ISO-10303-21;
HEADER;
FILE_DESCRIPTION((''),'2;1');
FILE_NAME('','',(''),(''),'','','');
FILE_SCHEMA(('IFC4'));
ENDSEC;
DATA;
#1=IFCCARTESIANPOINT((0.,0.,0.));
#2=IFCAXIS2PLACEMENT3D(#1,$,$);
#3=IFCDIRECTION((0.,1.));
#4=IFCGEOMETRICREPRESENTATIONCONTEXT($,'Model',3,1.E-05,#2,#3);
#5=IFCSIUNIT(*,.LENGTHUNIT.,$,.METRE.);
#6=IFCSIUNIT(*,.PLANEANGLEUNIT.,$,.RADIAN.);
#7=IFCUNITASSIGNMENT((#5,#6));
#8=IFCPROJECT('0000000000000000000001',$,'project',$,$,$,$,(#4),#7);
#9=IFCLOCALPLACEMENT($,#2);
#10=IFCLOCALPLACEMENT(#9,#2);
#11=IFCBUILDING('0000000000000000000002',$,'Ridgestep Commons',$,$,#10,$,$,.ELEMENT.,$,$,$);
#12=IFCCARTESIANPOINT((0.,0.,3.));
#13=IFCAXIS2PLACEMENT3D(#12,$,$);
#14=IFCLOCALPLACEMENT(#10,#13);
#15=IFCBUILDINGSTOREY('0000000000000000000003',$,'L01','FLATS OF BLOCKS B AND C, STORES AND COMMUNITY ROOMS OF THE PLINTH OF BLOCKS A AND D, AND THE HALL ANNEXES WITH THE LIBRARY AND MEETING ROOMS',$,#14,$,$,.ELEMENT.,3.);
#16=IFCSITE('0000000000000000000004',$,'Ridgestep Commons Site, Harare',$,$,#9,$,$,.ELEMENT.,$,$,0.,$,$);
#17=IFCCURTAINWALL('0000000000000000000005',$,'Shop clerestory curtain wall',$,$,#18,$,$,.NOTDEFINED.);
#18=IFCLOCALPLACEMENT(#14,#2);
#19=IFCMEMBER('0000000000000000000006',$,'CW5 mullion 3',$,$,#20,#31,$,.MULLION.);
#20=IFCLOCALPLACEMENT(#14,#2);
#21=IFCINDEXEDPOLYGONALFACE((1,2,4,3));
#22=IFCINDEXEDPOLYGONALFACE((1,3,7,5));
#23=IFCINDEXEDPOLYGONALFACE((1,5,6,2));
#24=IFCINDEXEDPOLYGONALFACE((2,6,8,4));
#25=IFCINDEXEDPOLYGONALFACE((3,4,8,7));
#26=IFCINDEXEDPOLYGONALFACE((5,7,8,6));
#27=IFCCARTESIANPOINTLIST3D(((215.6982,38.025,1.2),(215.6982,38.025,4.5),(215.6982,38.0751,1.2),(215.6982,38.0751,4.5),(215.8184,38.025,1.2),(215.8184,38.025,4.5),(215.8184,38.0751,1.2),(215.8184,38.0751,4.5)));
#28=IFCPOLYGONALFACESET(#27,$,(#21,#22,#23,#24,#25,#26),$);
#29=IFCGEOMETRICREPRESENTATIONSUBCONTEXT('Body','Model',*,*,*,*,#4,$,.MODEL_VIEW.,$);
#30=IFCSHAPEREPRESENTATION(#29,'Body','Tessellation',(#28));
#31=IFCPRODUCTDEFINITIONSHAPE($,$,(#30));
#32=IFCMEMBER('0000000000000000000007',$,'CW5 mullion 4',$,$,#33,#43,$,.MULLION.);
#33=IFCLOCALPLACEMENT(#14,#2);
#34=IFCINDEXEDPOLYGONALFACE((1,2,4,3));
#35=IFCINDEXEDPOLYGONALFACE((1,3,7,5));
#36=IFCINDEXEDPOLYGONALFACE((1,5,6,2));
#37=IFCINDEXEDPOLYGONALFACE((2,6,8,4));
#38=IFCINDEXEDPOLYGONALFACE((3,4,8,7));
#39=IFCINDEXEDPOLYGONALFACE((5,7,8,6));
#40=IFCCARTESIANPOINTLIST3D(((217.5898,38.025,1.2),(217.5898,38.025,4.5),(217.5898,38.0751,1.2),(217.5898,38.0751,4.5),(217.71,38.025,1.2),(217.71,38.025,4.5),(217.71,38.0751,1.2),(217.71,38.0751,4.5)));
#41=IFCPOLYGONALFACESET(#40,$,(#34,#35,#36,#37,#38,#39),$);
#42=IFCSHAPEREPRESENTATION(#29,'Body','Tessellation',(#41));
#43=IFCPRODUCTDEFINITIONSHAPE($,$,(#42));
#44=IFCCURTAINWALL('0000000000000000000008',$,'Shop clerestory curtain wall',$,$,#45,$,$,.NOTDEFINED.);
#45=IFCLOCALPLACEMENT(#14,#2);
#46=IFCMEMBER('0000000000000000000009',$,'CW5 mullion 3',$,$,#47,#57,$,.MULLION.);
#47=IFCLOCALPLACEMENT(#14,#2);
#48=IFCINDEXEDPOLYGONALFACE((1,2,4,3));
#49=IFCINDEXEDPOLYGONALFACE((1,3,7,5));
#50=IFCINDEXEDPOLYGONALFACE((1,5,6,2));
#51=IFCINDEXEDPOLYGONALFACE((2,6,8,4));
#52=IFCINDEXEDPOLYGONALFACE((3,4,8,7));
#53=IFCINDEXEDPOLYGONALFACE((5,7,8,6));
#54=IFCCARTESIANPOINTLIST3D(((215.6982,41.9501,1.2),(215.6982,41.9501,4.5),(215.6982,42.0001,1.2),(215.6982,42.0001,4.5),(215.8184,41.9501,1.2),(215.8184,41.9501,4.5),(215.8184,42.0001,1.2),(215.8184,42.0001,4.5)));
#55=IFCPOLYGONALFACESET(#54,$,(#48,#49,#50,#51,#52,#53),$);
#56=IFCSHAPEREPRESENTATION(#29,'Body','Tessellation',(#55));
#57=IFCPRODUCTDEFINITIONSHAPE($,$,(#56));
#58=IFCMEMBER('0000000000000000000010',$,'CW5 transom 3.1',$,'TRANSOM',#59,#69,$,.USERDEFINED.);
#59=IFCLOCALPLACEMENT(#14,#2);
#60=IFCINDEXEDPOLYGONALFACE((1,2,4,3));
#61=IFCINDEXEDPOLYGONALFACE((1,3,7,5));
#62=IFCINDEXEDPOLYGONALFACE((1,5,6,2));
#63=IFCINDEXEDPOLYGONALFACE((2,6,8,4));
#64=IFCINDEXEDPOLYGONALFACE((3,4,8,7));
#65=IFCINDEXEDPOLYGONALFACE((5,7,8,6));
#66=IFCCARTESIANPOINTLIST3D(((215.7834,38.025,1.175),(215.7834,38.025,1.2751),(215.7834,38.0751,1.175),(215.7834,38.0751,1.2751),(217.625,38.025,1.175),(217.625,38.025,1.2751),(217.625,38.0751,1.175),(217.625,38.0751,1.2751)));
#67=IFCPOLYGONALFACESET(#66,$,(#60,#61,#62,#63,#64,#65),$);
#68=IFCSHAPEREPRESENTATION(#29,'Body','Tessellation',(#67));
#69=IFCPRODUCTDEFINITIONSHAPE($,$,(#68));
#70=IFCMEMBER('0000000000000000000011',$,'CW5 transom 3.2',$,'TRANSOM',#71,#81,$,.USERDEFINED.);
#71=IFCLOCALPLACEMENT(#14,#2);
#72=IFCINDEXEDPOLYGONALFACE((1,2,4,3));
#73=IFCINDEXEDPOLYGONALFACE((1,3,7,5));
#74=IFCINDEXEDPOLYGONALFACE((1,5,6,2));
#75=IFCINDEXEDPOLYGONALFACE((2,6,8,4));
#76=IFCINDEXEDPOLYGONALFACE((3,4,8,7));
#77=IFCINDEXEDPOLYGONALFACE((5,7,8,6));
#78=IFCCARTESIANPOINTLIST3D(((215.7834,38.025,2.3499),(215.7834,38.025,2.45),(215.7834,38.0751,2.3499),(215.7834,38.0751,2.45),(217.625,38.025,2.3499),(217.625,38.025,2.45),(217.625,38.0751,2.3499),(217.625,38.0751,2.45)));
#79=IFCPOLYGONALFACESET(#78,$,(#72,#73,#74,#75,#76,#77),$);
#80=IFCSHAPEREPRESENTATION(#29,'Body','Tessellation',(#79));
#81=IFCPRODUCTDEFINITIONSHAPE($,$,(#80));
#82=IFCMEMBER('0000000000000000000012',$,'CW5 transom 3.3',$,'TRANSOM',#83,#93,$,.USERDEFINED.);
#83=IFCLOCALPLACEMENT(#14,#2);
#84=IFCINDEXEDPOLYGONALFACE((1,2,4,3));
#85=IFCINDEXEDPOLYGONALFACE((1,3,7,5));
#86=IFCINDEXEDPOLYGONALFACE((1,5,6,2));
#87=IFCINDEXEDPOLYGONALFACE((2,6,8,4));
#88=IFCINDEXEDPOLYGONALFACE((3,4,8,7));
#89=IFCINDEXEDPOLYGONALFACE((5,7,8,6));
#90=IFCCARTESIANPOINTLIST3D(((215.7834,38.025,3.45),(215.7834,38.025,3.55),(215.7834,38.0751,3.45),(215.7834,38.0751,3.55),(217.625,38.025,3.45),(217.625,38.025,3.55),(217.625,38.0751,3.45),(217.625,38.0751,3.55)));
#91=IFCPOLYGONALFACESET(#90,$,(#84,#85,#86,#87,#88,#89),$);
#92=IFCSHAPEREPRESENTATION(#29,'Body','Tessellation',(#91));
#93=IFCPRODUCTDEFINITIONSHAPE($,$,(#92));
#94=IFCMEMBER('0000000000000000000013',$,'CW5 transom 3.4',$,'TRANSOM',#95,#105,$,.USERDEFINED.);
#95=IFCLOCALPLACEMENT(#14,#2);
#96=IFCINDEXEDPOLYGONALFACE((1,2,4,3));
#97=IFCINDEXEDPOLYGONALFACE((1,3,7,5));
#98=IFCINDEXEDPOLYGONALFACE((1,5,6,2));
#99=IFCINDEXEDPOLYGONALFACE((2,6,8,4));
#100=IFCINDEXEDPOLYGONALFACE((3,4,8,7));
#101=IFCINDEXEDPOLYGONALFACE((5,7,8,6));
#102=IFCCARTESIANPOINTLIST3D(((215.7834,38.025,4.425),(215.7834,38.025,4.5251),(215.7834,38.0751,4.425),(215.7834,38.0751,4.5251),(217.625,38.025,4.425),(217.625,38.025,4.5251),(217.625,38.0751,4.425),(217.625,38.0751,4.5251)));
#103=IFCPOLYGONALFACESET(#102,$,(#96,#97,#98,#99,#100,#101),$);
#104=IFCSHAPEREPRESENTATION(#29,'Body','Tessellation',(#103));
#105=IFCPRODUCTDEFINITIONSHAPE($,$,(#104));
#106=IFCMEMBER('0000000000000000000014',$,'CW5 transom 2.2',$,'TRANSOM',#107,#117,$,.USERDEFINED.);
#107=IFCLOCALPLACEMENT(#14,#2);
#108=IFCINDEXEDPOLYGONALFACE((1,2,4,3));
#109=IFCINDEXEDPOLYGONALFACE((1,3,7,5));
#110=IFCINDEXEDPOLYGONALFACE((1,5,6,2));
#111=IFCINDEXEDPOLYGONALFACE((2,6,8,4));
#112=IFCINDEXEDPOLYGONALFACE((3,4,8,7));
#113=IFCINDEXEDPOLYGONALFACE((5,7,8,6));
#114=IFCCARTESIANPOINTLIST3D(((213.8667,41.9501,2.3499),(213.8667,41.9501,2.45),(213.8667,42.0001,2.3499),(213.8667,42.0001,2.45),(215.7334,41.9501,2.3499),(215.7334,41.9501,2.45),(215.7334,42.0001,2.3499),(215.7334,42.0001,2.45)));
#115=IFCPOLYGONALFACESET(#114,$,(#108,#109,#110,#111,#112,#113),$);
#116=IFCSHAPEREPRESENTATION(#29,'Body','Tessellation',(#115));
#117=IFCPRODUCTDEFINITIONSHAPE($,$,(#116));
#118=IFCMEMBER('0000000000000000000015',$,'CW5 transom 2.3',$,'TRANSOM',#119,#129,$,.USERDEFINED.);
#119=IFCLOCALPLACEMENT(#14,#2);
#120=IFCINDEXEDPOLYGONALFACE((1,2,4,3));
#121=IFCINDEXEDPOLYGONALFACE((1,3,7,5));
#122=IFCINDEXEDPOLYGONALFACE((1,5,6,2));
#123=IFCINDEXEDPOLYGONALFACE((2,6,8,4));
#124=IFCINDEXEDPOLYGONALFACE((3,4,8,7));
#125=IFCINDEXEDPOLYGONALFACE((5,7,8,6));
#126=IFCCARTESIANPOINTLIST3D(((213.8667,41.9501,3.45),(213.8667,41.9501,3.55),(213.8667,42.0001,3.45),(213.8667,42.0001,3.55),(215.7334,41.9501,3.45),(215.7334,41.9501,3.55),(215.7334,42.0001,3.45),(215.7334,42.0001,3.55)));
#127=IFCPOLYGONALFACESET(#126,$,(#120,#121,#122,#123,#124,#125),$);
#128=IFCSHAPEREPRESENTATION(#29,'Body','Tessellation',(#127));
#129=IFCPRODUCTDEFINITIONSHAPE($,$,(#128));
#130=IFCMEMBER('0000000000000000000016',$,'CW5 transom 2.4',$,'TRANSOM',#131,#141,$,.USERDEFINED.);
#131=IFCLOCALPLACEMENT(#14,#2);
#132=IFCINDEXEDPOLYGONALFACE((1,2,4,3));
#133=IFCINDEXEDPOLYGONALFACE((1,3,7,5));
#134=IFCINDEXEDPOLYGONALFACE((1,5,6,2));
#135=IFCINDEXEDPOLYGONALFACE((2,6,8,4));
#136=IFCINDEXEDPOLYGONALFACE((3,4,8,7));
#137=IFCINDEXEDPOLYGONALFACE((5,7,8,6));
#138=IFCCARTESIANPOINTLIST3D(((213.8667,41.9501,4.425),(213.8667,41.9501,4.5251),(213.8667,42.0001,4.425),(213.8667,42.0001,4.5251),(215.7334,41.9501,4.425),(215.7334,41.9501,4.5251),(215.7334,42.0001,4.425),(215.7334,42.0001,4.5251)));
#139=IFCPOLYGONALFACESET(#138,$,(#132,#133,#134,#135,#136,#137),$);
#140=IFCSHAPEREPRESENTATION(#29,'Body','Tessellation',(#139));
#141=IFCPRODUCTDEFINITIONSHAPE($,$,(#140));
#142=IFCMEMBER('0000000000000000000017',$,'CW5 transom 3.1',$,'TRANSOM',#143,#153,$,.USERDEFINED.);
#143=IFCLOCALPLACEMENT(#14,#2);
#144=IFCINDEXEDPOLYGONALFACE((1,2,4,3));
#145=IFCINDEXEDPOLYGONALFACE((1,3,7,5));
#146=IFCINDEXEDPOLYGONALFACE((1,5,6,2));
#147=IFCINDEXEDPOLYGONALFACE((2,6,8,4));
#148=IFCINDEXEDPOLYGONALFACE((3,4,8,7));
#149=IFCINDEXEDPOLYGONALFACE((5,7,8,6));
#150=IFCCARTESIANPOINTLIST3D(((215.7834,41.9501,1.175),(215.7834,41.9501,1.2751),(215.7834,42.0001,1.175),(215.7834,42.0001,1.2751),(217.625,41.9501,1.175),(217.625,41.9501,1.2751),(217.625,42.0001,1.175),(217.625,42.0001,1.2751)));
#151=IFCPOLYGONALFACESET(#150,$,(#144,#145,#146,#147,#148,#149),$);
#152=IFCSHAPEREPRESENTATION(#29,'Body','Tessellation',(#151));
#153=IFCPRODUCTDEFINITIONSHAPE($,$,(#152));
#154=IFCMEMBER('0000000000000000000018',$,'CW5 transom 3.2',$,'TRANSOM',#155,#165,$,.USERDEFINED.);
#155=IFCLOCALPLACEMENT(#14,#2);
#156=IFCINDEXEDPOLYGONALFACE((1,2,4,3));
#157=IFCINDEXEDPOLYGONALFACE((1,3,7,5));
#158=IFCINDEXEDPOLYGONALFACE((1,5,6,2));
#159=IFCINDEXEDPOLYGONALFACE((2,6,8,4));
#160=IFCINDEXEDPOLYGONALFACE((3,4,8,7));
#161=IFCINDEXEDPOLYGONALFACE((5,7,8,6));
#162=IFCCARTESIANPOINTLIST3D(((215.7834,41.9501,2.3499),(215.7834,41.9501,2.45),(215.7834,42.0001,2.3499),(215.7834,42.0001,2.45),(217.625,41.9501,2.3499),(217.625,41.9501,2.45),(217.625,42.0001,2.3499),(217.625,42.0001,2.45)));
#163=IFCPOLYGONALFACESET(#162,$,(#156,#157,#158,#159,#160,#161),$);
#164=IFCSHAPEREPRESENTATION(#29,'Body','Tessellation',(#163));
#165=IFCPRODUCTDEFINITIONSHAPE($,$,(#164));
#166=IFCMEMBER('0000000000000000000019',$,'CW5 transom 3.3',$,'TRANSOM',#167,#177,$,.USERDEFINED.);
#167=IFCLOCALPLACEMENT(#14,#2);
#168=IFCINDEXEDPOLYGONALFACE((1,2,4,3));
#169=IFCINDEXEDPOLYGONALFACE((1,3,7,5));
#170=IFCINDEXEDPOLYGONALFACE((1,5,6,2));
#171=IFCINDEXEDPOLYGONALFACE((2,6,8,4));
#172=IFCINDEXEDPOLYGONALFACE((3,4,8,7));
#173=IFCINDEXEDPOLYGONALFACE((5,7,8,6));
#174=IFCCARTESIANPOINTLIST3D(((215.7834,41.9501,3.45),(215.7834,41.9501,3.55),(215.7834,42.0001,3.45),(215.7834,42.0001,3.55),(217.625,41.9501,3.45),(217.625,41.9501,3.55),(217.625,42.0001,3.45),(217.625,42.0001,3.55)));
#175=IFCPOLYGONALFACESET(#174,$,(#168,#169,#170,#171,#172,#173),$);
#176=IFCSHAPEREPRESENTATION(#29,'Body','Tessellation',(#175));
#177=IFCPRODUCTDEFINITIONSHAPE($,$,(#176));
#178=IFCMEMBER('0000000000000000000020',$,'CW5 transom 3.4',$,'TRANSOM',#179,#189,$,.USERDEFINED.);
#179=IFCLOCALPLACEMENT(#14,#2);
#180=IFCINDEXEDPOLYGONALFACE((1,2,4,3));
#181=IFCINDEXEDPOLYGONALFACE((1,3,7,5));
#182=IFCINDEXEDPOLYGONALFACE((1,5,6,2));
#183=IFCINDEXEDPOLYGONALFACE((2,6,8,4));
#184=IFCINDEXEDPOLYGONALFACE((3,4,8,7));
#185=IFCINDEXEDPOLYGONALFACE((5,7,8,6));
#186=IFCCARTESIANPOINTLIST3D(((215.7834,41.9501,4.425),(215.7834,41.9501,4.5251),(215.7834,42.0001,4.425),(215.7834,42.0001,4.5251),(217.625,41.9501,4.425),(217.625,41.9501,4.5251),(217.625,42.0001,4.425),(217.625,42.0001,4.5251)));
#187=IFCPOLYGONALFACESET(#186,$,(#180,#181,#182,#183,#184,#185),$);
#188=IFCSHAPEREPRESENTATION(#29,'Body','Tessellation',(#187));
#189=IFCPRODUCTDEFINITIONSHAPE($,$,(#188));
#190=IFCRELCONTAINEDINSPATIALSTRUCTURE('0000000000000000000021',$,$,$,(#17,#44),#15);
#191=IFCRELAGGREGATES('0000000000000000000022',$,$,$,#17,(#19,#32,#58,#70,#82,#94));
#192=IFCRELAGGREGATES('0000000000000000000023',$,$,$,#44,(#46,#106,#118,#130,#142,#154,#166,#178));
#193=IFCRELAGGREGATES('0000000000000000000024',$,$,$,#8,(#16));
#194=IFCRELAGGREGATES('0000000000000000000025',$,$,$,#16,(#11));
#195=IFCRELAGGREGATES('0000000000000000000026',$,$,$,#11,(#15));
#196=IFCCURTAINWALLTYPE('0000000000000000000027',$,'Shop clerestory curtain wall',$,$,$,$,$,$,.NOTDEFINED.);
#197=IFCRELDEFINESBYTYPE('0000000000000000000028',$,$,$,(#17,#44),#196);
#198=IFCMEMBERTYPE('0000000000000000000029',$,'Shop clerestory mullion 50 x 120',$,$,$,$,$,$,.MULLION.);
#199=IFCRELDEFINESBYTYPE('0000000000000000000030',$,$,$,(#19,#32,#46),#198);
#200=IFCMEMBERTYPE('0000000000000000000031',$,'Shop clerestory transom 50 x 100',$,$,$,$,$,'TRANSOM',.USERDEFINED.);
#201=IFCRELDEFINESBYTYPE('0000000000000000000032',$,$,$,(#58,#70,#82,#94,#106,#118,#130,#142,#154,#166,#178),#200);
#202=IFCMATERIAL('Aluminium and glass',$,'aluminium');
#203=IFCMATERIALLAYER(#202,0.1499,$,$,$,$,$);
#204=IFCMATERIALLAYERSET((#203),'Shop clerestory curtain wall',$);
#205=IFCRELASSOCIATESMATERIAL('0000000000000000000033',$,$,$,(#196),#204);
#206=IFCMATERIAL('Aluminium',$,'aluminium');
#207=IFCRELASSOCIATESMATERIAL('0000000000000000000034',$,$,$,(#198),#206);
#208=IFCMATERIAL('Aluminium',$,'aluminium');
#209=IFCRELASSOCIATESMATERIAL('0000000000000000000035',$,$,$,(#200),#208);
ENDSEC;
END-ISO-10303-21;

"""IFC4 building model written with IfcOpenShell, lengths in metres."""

from ifc_helpers import new_model, si_unit, direction, frame, origin, origin_2d, place, context, subcontext, project, spatial, rectangle, extrude, material, layer, layer_set, material_profile, profile_set, type_object, element, aggregate, save


model = new_model("IFC4")

# Units and contexts
model_context = context("Model", 3, precision=1e-05, world=origin(), true_north=direction((0.0, 1.0)))
body_context = subcontext(model_context, "Body", "Model", "MODEL_VIEW")
ifc_project = project(units=[si_unit("LENGTHUNIT", "METRE"), si_unit("PLANEANGLEUNIT", "RADIAN")], contexts=[model_context])

# Site, building, storey
site_placement = place(None, origin())
site = spatial("IfcSite", under=ifc_project, at=site_placement, Name="Ridgestep Commons Site, Harare", CompositionType="ELEMENT", RefElevation=0.0)
building_placement = place(site_placement, origin())
building = spatial("IfcBuilding", under=site, at=building_placement, Name="Ridgestep Commons", CompositionType="ELEMENT")
storey_placement = place(building_placement, frame((0.0, 0.0, 3.0)))
storey = spatial("IfcBuildingStorey", under=building, at=storey_placement, Name="L01", Description="FLATS OF BLOCKS B AND C, STORES AND COMMUNITY ROOMS OF THE PLINTH OF BLOCKS A AND D, AND THE HALL ANNEXES WITH THE LIBRARY AND MEETING ROOMS", CompositionType="ELEMENT", Elevation=3.0)

# Curtain wall, members
ifc_material_1 = material(Name="Aluminium and glass", Category="aluminium")
ifc_layer_1 = layer(ifc_material_1, 0.1499)
ifc_layer_set_1 = layer_set([ifc_layer_1], Name="Shop clerestory curtain wall")
curtain_wall_type = type_object("IfcCurtainWallType", Name="Shop clerestory curtain wall", PredefinedType="NOTDEFINED", material=ifc_layer_set_1)
curtain_wall_1_placement = place(storey_placement, origin())
curtain_wall_1 = element("IfcCurtainWall", 1, at=curtain_wall_1_placement, inside=storey, type_object=curtain_wall_type, Name="Shop clerestory curtain wall", PredefinedType="NOTDEFINED")
ifc_material_2 = material(Name="Aluminium", Category="aluminium")
ifc_material_profile_1 = material_profile(ifc_material_2, rectangle(XDim=0.05, YDim=0.1201, at=origin_2d()), Name="Shop clerestory mullion 50 x 120")
ifc_profile_set_1 = profile_set([ifc_material_profile_1], Name="Aluminium")
member_type_1 = type_object("IfcMemberType", Name="Shop clerestory mullion 50 x 120", PredefinedType="MULLION", material=ifc_profile_set_1)
member_1_placement = place(storey_placement, frame((215.7583, 38.05, 1.2), z_axis=(0.0, 0.0, 1.0), x_axis=(0.0, 1.0, 0.0)))
member_1 = element("IfcMember", 2, at=member_1_placement, type_object=member_type_1, Name="CW5 mullion 3", PredefinedType="MULLION", context=body_context, shape_type="SweptSolid", body=[
    extrude(rectangle(XDim=0.05, YDim=0.1201, at=origin_2d()), origin(), (0.0, 0.0, 1.0), 3.3),
])
member_2_placement = place(storey_placement, frame((217.6499, 38.05, 1.2), z_axis=(0.0, 0.0, 1.0), x_axis=(0.0, 1.0, 0.0)))
member_2 = element("IfcMember", 3, at=member_2_placement, type_object=member_type_1, Name="CW5 mullion 4", PredefinedType="MULLION", context=body_context, shape_type="SweptSolid", body=[
    extrude(rectangle(XDim=0.05, YDim=0.1201, at=origin_2d()), origin(), (0.0, 0.0, 1.0), 3.3),
])

# Curtain wall, member
curtain_wall_2_placement = place(storey_placement, origin())
curtain_wall_2 = element("IfcCurtainWall", 4, at=curtain_wall_2_placement, inside=storey, type_object=curtain_wall_type, Name="Shop clerestory curtain wall", PredefinedType="NOTDEFINED")
member_3_placement = place(storey_placement, frame((215.7583, 41.9751, 1.2), z_axis=(0.0, 0.0, 1.0), x_axis=(0.0, 1.0, 0.0)))
member_3 = element("IfcMember", 5, at=member_3_placement, type_object=member_type_1, Name="CW5 mullion 3", PredefinedType="MULLION", context=body_context, shape_type="SweptSolid", body=[
    extrude(rectangle(XDim=0.05, YDim=0.1201, at=origin_2d()), origin(), (0.0, 0.0, 1.0), 3.3),
])

# Members
ifc_material_3 = material(Name="Aluminium", Category="aluminium")
ifc_material_profile_2 = material_profile(ifc_material_3, rectangle(XDim=0.05, YDim=0.1001, at=origin_2d()), Name="Shop clerestory transom 50 x 100")
ifc_profile_set_2 = profile_set([ifc_material_profile_2], Name="Aluminium")
member_type_2 = type_object("IfcMemberType", Name="Shop clerestory transom 50 x 100", ElementType="TRANSOM", PredefinedType="USERDEFINED", material=ifc_profile_set_2)
member_4_placement = place(storey_placement, frame((215.7834, 38.05, 1.2251), z_axis=(1.0, 0.0, 0.0), x_axis=(0.0, 1.0, 0.0)))
member_4 = element("IfcMember", 6, at=member_4_placement, type_object=member_type_2, Name="CW5 transom 3.1", ObjectType="TRANSOM", PredefinedType="USERDEFINED", context=body_context, shape_type="SweptSolid", body=[
    extrude(rectangle(XDim=0.05, YDim=0.1001, at=origin_2d()), origin(), (0.0, 0.0, 1.0), 1.8416),
])
member_5_placement = place(storey_placement, frame((215.7834, 38.05, 2.3999), z_axis=(1.0, 0.0, 0.0), x_axis=(0.0, 1.0, 0.0)))
member_5 = element("IfcMember", 7, at=member_5_placement, type_object=member_type_2, Name="CW5 transom 3.2", ObjectType="TRANSOM", PredefinedType="USERDEFINED", context=body_context, shape_type="SweptSolid", body=[
    extrude(rectangle(XDim=0.05, YDim=0.1001, at=origin_2d()), origin(), (0.0, 0.0, 1.0), 1.8416),
])
member_6_placement = place(storey_placement, frame((215.7834, 38.05, 3.5), z_axis=(1.0, 0.0, 0.0), x_axis=(0.0, 1.0, 0.0)))
member_6 = element("IfcMember", 8, at=member_6_placement, type_object=member_type_2, Name="CW5 transom 3.3", ObjectType="TRANSOM", PredefinedType="USERDEFINED", context=body_context, shape_type="SweptSolid", body=[
    extrude(rectangle(XDim=0.05, YDim=0.1001, at=origin_2d()), origin(), (0.0, 0.0, 1.0), 1.8416),
])
member_7_placement = place(storey_placement, frame((215.7834, 38.05, 4.4751), z_axis=(1.0, 0.0, 0.0), x_axis=(0.0, 1.0, 0.0)))
member_7 = element("IfcMember", 9, at=member_7_placement, type_object=member_type_2, Name="CW5 transom 3.4", ObjectType="TRANSOM", PredefinedType="USERDEFINED", context=body_context, shape_type="SweptSolid", body=[
    extrude(rectangle(XDim=0.05, YDim=0.1001, at=origin_2d()), origin(), (0.0, 0.0, 1.0), 1.8416),
])
member_8_placement = place(storey_placement, frame((213.8667, 41.9751, 2.3999), z_axis=(1.0, 0.0, 0.0), x_axis=(0.0, 1.0, 0.0)))
member_8 = element("IfcMember", 10, at=member_8_placement, type_object=member_type_2, Name="CW5 transom 2.2", ObjectType="TRANSOM", PredefinedType="USERDEFINED", context=body_context, shape_type="SweptSolid", body=[
    extrude(rectangle(XDim=0.05, YDim=0.1001, at=origin_2d()), origin(), (0.0, 0.0, 1.0), 1.8667),
])
member_9_placement = place(storey_placement, frame((213.8667, 41.9751, 3.5), z_axis=(1.0, 0.0, 0.0), x_axis=(0.0, 1.0, 0.0)))
member_9 = element("IfcMember", 11, at=member_9_placement, type_object=member_type_2, Name="CW5 transom 2.3", ObjectType="TRANSOM", PredefinedType="USERDEFINED", context=body_context, shape_type="SweptSolid", body=[
    extrude(rectangle(XDim=0.05, YDim=0.1001, at=origin_2d()), origin(), (0.0, 0.0, 1.0), 1.8667),
])
member_10_placement = place(storey_placement, frame((213.8667, 41.9751, 4.4751), z_axis=(1.0, 0.0, 0.0), x_axis=(0.0, 1.0, 0.0)))
member_10 = element("IfcMember", 12, at=member_10_placement, type_object=member_type_2, Name="CW5 transom 2.4", ObjectType="TRANSOM", PredefinedType="USERDEFINED", context=body_context, shape_type="SweptSolid", body=[
    extrude(rectangle(XDim=0.05, YDim=0.1001, at=origin_2d()), origin(), (0.0, 0.0, 1.0), 1.8667),
])
member_11_placement = place(storey_placement, frame((215.7834, 41.9751, 1.2251), z_axis=(1.0, 0.0, 0.0), x_axis=(0.0, 1.0, 0.0)))
member_11 = element("IfcMember", 13, at=member_11_placement, type_object=member_type_2, Name="CW5 transom 3.1", ObjectType="TRANSOM", PredefinedType="USERDEFINED", context=body_context, shape_type="SweptSolid", body=[
    extrude(rectangle(XDim=0.05, YDim=0.1001, at=origin_2d()), origin(), (0.0, 0.0, 1.0), 1.8416),
])
member_12_placement = place(storey_placement, frame((215.7834, 41.9751, 2.3999), z_axis=(1.0, 0.0, 0.0), x_axis=(0.0, 1.0, 0.0)))
member_12 = element("IfcMember", 14, at=member_12_placement, type_object=member_type_2, Name="CW5 transom 3.2", ObjectType="TRANSOM", PredefinedType="USERDEFINED", context=body_context, shape_type="SweptSolid", body=[
    extrude(rectangle(XDim=0.05, YDim=0.1001, at=origin_2d()), origin(), (0.0, 0.0, 1.0), 1.8416),
])
member_13_placement = place(storey_placement, frame((215.7834, 41.9751, 3.5), z_axis=(1.0, 0.0, 0.0), x_axis=(0.0, 1.0, 0.0)))
member_13 = element("IfcMember", 15, at=member_13_placement, type_object=member_type_2, Name="CW5 transom 3.3", ObjectType="TRANSOM", PredefinedType="USERDEFINED", context=body_context, shape_type="SweptSolid", body=[
    extrude(rectangle(XDim=0.05, YDim=0.1001, at=origin_2d()), origin(), (0.0, 0.0, 1.0), 1.8416),
])
member_14_placement = place(storey_placement, frame((215.7834, 41.9751, 4.4751), z_axis=(1.0, 0.0, 0.0), x_axis=(0.0, 1.0, 0.0)))
member_14 = element("IfcMember", 16, at=member_14_placement, type_object=member_type_2, Name="CW5 transom 3.4", ObjectType="TRANSOM", PredefinedType="USERDEFINED", context=body_context, shape_type="SweptSolid", body=[
    extrude(rectangle(XDim=0.05, YDim=0.1001, at=origin_2d()), origin(), (0.0, 0.0, 1.0), 1.8416),
])

aggregate(curtain_wall_1, [member_1, member_2, member_4, member_5, member_6, member_7])
aggregate(curtain_wall_2, [member_3, member_8, member_9, member_10, member_11, member_12, member_13, member_14])

save(model, "model.ifc")
